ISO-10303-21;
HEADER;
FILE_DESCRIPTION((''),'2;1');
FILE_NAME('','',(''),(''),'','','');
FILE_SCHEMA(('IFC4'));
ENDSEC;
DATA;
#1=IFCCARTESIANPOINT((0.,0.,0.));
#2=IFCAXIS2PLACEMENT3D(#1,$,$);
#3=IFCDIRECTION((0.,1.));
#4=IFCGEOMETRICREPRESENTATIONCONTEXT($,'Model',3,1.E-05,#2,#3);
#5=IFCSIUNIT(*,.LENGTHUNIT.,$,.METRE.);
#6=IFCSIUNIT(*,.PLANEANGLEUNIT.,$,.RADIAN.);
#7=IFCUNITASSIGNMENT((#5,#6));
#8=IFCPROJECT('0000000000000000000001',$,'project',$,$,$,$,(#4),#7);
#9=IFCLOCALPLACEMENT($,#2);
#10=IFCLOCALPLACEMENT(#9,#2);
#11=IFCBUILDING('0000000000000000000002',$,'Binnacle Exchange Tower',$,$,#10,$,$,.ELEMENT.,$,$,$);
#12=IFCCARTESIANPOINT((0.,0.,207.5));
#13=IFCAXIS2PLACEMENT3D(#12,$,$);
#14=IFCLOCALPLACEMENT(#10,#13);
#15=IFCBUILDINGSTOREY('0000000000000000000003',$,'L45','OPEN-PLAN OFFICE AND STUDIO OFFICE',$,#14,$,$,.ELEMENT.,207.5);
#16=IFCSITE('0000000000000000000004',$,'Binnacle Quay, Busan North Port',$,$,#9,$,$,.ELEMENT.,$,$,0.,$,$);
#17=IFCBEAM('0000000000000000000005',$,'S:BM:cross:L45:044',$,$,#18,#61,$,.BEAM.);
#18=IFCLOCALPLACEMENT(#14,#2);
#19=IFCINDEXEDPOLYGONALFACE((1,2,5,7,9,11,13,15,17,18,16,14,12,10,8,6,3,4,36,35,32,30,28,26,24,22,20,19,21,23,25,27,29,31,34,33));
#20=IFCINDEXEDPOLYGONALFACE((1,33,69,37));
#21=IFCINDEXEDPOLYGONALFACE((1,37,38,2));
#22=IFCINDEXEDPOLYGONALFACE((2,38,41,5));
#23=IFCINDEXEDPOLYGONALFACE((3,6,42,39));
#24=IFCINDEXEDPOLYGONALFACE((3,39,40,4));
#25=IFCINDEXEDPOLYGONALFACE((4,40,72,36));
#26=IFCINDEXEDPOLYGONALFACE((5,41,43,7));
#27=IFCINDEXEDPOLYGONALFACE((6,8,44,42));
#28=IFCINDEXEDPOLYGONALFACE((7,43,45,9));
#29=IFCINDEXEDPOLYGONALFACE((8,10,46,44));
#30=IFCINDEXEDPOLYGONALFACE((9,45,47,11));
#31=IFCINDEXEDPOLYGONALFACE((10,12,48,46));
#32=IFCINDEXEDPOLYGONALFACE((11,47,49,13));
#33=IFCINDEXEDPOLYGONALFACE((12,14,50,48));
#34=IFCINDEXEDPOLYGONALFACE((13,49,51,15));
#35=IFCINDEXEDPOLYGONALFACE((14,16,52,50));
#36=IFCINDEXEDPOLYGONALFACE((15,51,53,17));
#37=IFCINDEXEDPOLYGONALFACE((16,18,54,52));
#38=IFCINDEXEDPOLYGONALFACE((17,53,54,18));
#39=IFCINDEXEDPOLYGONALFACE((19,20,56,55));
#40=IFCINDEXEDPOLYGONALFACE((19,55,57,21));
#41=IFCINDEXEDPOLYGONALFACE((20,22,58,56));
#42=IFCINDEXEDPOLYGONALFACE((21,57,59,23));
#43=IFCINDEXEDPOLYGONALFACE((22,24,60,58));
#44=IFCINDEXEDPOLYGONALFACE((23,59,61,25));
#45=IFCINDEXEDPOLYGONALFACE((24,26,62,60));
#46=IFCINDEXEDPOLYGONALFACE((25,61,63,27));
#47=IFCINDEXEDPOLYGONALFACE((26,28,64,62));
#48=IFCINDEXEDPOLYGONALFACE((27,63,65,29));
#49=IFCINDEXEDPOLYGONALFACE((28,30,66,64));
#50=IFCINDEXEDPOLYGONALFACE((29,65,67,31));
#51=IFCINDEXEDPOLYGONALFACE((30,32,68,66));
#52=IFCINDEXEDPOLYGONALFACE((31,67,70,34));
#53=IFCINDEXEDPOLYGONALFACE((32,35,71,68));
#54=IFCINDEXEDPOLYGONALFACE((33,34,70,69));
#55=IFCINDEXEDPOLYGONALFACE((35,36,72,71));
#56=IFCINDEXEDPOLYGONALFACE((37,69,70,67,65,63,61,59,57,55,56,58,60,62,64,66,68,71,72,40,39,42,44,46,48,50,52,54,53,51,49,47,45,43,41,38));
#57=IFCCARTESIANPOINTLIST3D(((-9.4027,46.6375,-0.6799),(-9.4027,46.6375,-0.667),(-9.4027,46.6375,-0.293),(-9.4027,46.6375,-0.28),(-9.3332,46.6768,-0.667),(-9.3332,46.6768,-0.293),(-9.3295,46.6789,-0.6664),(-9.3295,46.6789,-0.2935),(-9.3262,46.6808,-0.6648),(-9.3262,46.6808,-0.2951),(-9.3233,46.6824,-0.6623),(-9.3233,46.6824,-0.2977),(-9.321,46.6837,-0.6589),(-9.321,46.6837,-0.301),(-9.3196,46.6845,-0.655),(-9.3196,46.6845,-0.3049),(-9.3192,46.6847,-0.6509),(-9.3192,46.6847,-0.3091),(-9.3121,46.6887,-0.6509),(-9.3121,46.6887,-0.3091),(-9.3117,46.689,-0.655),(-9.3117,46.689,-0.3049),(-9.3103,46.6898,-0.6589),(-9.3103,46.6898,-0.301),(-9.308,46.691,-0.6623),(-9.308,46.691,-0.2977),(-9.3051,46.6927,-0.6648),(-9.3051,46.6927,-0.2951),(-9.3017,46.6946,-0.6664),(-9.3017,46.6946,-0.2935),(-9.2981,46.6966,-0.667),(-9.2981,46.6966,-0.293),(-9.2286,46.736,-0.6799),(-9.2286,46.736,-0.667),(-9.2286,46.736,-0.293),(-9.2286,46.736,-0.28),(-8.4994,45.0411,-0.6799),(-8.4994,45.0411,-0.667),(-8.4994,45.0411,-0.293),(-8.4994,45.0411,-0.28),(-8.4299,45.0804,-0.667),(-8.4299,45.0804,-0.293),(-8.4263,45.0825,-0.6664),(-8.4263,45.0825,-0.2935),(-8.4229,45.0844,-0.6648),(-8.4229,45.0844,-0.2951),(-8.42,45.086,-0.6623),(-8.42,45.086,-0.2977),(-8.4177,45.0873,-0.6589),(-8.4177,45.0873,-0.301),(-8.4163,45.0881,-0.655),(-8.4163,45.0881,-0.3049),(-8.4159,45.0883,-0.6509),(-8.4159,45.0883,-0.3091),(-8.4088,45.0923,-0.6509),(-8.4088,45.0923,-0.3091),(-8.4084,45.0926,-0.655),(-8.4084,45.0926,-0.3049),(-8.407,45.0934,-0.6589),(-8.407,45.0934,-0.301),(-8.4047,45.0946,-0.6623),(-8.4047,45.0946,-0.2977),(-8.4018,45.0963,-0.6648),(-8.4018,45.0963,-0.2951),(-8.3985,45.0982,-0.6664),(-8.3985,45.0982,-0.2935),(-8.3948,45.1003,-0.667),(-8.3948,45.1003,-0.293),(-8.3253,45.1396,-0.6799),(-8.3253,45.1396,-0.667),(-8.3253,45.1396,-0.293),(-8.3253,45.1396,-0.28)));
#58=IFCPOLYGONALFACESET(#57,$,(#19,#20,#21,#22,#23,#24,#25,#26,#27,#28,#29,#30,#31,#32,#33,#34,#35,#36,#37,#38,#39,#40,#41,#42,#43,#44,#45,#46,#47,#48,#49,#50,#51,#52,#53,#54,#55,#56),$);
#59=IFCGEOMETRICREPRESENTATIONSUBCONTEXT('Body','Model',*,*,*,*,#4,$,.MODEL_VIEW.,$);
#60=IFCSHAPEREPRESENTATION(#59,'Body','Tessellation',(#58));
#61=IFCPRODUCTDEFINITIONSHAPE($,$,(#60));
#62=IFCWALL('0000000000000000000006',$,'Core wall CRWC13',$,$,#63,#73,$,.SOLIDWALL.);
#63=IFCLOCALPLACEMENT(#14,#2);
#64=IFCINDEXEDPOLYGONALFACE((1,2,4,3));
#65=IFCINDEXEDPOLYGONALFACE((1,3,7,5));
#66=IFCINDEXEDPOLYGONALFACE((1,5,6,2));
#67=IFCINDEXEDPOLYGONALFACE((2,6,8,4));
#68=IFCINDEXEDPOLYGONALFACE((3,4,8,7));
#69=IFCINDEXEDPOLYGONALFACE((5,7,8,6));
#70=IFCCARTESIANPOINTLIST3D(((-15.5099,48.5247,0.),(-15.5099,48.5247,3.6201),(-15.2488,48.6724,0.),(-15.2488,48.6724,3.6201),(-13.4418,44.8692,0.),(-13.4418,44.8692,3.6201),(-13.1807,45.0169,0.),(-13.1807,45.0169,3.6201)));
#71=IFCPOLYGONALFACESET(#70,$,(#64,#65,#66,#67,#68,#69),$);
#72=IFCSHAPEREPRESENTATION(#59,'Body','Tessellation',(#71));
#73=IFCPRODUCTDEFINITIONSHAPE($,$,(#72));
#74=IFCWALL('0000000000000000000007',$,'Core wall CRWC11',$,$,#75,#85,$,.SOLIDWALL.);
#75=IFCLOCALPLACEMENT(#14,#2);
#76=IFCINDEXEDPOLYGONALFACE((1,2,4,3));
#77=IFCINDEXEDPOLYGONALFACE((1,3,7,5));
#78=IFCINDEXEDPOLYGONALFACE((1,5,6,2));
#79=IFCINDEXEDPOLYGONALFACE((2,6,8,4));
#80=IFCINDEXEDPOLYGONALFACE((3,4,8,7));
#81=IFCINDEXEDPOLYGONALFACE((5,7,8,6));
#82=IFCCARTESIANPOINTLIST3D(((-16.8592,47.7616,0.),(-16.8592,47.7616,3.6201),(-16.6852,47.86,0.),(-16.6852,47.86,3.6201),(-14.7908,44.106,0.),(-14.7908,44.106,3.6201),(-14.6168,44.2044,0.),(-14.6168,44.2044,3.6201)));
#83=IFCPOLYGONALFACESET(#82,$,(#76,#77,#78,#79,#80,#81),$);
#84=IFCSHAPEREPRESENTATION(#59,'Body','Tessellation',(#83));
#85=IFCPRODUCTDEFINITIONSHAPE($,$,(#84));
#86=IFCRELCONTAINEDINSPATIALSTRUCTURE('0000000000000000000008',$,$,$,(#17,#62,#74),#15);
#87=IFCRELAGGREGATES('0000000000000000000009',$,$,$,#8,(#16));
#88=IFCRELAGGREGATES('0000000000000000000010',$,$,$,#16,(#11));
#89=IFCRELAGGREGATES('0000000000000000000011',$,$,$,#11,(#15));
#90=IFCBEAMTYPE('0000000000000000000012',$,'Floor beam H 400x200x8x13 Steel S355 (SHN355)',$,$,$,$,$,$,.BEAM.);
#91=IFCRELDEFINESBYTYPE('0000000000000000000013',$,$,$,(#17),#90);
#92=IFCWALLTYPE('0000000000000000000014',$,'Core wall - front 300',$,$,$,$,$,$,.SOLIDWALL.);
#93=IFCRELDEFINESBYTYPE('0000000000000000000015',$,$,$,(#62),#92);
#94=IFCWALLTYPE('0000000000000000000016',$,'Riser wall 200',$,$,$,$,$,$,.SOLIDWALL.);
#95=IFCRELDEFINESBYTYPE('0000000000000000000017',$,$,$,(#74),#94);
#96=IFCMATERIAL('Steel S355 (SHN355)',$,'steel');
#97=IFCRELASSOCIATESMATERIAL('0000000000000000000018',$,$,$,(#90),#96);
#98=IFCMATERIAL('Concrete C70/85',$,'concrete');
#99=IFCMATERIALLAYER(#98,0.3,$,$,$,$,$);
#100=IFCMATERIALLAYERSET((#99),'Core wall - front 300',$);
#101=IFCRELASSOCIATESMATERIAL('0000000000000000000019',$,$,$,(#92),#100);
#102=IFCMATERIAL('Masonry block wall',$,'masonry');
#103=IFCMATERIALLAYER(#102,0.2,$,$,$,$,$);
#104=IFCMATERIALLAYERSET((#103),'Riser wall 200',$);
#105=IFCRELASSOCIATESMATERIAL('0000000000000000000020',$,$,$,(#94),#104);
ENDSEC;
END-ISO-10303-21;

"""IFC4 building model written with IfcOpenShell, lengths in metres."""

from ifc_helpers import new_model, si_unit, direction, frame, frame_2d, origin, origin_2d, place, context, subcontext, project, spatial, rectangle, i_section, extrude, material, layer, layer_set, material_profile, profile_set, type_object, element, save


model = new_model("IFC4")

# Units and contexts
model_context = context("Model", 3, precision=1e-05, world=origin(), true_north=direction((0.0, 1.0)))
body_context = subcontext(model_context, "Body", "Model", "MODEL_VIEW")
ifc_project = project(units=[si_unit("LENGTHUNIT", "METRE"), si_unit("PLANEANGLEUNIT", "RADIAN")], contexts=[model_context])

# Site, building, storey
site_placement = place(None, origin())
site = spatial("IfcSite", under=ifc_project, at=site_placement, Name="Binnacle Quay, Busan North Port", CompositionType="ELEMENT", RefElevation=0.0)
building_placement = place(site_placement, origin())
building = spatial("IfcBuilding", under=site, at=building_placement, Name="Binnacle Exchange Tower", CompositionType="ELEMENT")
storey_placement = place(building_placement, frame((0.0, 0.0, 207.5)))
storey = spatial("IfcBuildingStorey", under=building, at=storey_placement, Name="L45", Description="OPEN-PLAN OFFICE AND STUDIO OFFICE", CompositionType="ELEMENT", Elevation=207.5)

# Beam
ifc_material_1 = material(Name="Steel S355 (SHN355)", Category="steel")
ifc_material_profile_1 = material_profile(ifc_material_1, i_section(OverallWidth=0.2, OverallDepth=0.3999, WebThickness=0.0081, FlangeThickness=0.0129, FilletRadius=0.0161, at=origin_2d()), Name="H 400x200x8x13")
ifc_profile_set_1 = profile_set([ifc_material_profile_1], Name="Steel S355 (SHN355)")
beam_type_1 = type_object("IfcBeamType", Name="Floor beam H 400x200x8x13 Steel S355 (SHN355)", PredefinedType="BEAM", material=ifc_profile_set_1)
beam_1_placement = place(storey_placement, frame((-8.4124, 45.0903, -0.48), z_axis=(-0.492465, 0.870332, 0.0), x_axis=(-0.870332, -0.492465, 0.0)))
element("IfcBeam", 1, at=beam_1_placement, inside=storey, type_object=beam_type_1, Name="S:BM:cross:L45:044", PredefinedType="BEAM", context=body_context, shape_type="SweptSolid", body=[
    extrude(i_section(OverallWidth=0.2, OverallDepth=0.3999, WebThickness=0.0081, FlangeThickness=0.0129, FilletRadius=0.0161, at=origin_2d()), origin(), (0.0, 0.0, 1.0), 1.8342),
])

# Walls
ifc_material_2 = material(Name="Concrete C70/85", Category="concrete")
ifc_layer_1 = layer(ifc_material_2, 0.3)
ifc_layer_set_1 = layer_set([ifc_layer_1], Name="Core wall - front 300")
wall_type_1 = type_object("IfcWallType", Name="Core wall - front 300", PredefinedType="SOLIDWALL", material=ifc_layer_set_1)
wall_1_placement = place(storey_placement, frame((-15.3794, 48.5986, 0.0), z_axis=(0.0, 0.0, 1.0), x_axis=(0.49241, -0.870364, 0.0)))
element("IfcWall", 2, at=wall_1_placement, inside=storey, type_object=wall_type_1, Name="Core wall CRWC13", PredefinedType="SOLIDWALL", context=body_context, shape_type="SweptSolid", body=[
    extrude(rectangle(XDim=4.2, YDim=0.3, at=frame_2d((2.1001, 0.0))), origin(), (0.0, 0.0, 1.0), 3.6201),
])
ifc_material_3 = material(Name="Masonry block wall", Category="masonry")
ifc_layer_2 = layer(ifc_material_3, 0.2)
ifc_layer_set_2 = layer_set([ifc_layer_2], Name="Riser wall 200")
wall_type_2 = type_object("IfcWallType", Name="Riser wall 200", PredefinedType="SOLIDWALL", material=ifc_layer_set_2)
wall_2_placement = place(storey_placement, frame((-16.7722, 47.8108, 0.0), z_axis=(0.0, 0.0, 1.0), x_axis=(0.492454, -0.870339, 0.0)))
element("IfcWall", 3, at=wall_2_placement, inside=storey, type_object=wall_type_2, Name="Core wall CRWC11", PredefinedType="SOLIDWALL", context=body_context, shape_type="SweptSolid", body=[
    extrude(rectangle(XDim=4.2002, YDim=0.2, at=frame_2d((2.1001, 0.0))), origin(), (0.0, 0.0, 1.0), 3.6201),
])

save(model, "model.ifc")
